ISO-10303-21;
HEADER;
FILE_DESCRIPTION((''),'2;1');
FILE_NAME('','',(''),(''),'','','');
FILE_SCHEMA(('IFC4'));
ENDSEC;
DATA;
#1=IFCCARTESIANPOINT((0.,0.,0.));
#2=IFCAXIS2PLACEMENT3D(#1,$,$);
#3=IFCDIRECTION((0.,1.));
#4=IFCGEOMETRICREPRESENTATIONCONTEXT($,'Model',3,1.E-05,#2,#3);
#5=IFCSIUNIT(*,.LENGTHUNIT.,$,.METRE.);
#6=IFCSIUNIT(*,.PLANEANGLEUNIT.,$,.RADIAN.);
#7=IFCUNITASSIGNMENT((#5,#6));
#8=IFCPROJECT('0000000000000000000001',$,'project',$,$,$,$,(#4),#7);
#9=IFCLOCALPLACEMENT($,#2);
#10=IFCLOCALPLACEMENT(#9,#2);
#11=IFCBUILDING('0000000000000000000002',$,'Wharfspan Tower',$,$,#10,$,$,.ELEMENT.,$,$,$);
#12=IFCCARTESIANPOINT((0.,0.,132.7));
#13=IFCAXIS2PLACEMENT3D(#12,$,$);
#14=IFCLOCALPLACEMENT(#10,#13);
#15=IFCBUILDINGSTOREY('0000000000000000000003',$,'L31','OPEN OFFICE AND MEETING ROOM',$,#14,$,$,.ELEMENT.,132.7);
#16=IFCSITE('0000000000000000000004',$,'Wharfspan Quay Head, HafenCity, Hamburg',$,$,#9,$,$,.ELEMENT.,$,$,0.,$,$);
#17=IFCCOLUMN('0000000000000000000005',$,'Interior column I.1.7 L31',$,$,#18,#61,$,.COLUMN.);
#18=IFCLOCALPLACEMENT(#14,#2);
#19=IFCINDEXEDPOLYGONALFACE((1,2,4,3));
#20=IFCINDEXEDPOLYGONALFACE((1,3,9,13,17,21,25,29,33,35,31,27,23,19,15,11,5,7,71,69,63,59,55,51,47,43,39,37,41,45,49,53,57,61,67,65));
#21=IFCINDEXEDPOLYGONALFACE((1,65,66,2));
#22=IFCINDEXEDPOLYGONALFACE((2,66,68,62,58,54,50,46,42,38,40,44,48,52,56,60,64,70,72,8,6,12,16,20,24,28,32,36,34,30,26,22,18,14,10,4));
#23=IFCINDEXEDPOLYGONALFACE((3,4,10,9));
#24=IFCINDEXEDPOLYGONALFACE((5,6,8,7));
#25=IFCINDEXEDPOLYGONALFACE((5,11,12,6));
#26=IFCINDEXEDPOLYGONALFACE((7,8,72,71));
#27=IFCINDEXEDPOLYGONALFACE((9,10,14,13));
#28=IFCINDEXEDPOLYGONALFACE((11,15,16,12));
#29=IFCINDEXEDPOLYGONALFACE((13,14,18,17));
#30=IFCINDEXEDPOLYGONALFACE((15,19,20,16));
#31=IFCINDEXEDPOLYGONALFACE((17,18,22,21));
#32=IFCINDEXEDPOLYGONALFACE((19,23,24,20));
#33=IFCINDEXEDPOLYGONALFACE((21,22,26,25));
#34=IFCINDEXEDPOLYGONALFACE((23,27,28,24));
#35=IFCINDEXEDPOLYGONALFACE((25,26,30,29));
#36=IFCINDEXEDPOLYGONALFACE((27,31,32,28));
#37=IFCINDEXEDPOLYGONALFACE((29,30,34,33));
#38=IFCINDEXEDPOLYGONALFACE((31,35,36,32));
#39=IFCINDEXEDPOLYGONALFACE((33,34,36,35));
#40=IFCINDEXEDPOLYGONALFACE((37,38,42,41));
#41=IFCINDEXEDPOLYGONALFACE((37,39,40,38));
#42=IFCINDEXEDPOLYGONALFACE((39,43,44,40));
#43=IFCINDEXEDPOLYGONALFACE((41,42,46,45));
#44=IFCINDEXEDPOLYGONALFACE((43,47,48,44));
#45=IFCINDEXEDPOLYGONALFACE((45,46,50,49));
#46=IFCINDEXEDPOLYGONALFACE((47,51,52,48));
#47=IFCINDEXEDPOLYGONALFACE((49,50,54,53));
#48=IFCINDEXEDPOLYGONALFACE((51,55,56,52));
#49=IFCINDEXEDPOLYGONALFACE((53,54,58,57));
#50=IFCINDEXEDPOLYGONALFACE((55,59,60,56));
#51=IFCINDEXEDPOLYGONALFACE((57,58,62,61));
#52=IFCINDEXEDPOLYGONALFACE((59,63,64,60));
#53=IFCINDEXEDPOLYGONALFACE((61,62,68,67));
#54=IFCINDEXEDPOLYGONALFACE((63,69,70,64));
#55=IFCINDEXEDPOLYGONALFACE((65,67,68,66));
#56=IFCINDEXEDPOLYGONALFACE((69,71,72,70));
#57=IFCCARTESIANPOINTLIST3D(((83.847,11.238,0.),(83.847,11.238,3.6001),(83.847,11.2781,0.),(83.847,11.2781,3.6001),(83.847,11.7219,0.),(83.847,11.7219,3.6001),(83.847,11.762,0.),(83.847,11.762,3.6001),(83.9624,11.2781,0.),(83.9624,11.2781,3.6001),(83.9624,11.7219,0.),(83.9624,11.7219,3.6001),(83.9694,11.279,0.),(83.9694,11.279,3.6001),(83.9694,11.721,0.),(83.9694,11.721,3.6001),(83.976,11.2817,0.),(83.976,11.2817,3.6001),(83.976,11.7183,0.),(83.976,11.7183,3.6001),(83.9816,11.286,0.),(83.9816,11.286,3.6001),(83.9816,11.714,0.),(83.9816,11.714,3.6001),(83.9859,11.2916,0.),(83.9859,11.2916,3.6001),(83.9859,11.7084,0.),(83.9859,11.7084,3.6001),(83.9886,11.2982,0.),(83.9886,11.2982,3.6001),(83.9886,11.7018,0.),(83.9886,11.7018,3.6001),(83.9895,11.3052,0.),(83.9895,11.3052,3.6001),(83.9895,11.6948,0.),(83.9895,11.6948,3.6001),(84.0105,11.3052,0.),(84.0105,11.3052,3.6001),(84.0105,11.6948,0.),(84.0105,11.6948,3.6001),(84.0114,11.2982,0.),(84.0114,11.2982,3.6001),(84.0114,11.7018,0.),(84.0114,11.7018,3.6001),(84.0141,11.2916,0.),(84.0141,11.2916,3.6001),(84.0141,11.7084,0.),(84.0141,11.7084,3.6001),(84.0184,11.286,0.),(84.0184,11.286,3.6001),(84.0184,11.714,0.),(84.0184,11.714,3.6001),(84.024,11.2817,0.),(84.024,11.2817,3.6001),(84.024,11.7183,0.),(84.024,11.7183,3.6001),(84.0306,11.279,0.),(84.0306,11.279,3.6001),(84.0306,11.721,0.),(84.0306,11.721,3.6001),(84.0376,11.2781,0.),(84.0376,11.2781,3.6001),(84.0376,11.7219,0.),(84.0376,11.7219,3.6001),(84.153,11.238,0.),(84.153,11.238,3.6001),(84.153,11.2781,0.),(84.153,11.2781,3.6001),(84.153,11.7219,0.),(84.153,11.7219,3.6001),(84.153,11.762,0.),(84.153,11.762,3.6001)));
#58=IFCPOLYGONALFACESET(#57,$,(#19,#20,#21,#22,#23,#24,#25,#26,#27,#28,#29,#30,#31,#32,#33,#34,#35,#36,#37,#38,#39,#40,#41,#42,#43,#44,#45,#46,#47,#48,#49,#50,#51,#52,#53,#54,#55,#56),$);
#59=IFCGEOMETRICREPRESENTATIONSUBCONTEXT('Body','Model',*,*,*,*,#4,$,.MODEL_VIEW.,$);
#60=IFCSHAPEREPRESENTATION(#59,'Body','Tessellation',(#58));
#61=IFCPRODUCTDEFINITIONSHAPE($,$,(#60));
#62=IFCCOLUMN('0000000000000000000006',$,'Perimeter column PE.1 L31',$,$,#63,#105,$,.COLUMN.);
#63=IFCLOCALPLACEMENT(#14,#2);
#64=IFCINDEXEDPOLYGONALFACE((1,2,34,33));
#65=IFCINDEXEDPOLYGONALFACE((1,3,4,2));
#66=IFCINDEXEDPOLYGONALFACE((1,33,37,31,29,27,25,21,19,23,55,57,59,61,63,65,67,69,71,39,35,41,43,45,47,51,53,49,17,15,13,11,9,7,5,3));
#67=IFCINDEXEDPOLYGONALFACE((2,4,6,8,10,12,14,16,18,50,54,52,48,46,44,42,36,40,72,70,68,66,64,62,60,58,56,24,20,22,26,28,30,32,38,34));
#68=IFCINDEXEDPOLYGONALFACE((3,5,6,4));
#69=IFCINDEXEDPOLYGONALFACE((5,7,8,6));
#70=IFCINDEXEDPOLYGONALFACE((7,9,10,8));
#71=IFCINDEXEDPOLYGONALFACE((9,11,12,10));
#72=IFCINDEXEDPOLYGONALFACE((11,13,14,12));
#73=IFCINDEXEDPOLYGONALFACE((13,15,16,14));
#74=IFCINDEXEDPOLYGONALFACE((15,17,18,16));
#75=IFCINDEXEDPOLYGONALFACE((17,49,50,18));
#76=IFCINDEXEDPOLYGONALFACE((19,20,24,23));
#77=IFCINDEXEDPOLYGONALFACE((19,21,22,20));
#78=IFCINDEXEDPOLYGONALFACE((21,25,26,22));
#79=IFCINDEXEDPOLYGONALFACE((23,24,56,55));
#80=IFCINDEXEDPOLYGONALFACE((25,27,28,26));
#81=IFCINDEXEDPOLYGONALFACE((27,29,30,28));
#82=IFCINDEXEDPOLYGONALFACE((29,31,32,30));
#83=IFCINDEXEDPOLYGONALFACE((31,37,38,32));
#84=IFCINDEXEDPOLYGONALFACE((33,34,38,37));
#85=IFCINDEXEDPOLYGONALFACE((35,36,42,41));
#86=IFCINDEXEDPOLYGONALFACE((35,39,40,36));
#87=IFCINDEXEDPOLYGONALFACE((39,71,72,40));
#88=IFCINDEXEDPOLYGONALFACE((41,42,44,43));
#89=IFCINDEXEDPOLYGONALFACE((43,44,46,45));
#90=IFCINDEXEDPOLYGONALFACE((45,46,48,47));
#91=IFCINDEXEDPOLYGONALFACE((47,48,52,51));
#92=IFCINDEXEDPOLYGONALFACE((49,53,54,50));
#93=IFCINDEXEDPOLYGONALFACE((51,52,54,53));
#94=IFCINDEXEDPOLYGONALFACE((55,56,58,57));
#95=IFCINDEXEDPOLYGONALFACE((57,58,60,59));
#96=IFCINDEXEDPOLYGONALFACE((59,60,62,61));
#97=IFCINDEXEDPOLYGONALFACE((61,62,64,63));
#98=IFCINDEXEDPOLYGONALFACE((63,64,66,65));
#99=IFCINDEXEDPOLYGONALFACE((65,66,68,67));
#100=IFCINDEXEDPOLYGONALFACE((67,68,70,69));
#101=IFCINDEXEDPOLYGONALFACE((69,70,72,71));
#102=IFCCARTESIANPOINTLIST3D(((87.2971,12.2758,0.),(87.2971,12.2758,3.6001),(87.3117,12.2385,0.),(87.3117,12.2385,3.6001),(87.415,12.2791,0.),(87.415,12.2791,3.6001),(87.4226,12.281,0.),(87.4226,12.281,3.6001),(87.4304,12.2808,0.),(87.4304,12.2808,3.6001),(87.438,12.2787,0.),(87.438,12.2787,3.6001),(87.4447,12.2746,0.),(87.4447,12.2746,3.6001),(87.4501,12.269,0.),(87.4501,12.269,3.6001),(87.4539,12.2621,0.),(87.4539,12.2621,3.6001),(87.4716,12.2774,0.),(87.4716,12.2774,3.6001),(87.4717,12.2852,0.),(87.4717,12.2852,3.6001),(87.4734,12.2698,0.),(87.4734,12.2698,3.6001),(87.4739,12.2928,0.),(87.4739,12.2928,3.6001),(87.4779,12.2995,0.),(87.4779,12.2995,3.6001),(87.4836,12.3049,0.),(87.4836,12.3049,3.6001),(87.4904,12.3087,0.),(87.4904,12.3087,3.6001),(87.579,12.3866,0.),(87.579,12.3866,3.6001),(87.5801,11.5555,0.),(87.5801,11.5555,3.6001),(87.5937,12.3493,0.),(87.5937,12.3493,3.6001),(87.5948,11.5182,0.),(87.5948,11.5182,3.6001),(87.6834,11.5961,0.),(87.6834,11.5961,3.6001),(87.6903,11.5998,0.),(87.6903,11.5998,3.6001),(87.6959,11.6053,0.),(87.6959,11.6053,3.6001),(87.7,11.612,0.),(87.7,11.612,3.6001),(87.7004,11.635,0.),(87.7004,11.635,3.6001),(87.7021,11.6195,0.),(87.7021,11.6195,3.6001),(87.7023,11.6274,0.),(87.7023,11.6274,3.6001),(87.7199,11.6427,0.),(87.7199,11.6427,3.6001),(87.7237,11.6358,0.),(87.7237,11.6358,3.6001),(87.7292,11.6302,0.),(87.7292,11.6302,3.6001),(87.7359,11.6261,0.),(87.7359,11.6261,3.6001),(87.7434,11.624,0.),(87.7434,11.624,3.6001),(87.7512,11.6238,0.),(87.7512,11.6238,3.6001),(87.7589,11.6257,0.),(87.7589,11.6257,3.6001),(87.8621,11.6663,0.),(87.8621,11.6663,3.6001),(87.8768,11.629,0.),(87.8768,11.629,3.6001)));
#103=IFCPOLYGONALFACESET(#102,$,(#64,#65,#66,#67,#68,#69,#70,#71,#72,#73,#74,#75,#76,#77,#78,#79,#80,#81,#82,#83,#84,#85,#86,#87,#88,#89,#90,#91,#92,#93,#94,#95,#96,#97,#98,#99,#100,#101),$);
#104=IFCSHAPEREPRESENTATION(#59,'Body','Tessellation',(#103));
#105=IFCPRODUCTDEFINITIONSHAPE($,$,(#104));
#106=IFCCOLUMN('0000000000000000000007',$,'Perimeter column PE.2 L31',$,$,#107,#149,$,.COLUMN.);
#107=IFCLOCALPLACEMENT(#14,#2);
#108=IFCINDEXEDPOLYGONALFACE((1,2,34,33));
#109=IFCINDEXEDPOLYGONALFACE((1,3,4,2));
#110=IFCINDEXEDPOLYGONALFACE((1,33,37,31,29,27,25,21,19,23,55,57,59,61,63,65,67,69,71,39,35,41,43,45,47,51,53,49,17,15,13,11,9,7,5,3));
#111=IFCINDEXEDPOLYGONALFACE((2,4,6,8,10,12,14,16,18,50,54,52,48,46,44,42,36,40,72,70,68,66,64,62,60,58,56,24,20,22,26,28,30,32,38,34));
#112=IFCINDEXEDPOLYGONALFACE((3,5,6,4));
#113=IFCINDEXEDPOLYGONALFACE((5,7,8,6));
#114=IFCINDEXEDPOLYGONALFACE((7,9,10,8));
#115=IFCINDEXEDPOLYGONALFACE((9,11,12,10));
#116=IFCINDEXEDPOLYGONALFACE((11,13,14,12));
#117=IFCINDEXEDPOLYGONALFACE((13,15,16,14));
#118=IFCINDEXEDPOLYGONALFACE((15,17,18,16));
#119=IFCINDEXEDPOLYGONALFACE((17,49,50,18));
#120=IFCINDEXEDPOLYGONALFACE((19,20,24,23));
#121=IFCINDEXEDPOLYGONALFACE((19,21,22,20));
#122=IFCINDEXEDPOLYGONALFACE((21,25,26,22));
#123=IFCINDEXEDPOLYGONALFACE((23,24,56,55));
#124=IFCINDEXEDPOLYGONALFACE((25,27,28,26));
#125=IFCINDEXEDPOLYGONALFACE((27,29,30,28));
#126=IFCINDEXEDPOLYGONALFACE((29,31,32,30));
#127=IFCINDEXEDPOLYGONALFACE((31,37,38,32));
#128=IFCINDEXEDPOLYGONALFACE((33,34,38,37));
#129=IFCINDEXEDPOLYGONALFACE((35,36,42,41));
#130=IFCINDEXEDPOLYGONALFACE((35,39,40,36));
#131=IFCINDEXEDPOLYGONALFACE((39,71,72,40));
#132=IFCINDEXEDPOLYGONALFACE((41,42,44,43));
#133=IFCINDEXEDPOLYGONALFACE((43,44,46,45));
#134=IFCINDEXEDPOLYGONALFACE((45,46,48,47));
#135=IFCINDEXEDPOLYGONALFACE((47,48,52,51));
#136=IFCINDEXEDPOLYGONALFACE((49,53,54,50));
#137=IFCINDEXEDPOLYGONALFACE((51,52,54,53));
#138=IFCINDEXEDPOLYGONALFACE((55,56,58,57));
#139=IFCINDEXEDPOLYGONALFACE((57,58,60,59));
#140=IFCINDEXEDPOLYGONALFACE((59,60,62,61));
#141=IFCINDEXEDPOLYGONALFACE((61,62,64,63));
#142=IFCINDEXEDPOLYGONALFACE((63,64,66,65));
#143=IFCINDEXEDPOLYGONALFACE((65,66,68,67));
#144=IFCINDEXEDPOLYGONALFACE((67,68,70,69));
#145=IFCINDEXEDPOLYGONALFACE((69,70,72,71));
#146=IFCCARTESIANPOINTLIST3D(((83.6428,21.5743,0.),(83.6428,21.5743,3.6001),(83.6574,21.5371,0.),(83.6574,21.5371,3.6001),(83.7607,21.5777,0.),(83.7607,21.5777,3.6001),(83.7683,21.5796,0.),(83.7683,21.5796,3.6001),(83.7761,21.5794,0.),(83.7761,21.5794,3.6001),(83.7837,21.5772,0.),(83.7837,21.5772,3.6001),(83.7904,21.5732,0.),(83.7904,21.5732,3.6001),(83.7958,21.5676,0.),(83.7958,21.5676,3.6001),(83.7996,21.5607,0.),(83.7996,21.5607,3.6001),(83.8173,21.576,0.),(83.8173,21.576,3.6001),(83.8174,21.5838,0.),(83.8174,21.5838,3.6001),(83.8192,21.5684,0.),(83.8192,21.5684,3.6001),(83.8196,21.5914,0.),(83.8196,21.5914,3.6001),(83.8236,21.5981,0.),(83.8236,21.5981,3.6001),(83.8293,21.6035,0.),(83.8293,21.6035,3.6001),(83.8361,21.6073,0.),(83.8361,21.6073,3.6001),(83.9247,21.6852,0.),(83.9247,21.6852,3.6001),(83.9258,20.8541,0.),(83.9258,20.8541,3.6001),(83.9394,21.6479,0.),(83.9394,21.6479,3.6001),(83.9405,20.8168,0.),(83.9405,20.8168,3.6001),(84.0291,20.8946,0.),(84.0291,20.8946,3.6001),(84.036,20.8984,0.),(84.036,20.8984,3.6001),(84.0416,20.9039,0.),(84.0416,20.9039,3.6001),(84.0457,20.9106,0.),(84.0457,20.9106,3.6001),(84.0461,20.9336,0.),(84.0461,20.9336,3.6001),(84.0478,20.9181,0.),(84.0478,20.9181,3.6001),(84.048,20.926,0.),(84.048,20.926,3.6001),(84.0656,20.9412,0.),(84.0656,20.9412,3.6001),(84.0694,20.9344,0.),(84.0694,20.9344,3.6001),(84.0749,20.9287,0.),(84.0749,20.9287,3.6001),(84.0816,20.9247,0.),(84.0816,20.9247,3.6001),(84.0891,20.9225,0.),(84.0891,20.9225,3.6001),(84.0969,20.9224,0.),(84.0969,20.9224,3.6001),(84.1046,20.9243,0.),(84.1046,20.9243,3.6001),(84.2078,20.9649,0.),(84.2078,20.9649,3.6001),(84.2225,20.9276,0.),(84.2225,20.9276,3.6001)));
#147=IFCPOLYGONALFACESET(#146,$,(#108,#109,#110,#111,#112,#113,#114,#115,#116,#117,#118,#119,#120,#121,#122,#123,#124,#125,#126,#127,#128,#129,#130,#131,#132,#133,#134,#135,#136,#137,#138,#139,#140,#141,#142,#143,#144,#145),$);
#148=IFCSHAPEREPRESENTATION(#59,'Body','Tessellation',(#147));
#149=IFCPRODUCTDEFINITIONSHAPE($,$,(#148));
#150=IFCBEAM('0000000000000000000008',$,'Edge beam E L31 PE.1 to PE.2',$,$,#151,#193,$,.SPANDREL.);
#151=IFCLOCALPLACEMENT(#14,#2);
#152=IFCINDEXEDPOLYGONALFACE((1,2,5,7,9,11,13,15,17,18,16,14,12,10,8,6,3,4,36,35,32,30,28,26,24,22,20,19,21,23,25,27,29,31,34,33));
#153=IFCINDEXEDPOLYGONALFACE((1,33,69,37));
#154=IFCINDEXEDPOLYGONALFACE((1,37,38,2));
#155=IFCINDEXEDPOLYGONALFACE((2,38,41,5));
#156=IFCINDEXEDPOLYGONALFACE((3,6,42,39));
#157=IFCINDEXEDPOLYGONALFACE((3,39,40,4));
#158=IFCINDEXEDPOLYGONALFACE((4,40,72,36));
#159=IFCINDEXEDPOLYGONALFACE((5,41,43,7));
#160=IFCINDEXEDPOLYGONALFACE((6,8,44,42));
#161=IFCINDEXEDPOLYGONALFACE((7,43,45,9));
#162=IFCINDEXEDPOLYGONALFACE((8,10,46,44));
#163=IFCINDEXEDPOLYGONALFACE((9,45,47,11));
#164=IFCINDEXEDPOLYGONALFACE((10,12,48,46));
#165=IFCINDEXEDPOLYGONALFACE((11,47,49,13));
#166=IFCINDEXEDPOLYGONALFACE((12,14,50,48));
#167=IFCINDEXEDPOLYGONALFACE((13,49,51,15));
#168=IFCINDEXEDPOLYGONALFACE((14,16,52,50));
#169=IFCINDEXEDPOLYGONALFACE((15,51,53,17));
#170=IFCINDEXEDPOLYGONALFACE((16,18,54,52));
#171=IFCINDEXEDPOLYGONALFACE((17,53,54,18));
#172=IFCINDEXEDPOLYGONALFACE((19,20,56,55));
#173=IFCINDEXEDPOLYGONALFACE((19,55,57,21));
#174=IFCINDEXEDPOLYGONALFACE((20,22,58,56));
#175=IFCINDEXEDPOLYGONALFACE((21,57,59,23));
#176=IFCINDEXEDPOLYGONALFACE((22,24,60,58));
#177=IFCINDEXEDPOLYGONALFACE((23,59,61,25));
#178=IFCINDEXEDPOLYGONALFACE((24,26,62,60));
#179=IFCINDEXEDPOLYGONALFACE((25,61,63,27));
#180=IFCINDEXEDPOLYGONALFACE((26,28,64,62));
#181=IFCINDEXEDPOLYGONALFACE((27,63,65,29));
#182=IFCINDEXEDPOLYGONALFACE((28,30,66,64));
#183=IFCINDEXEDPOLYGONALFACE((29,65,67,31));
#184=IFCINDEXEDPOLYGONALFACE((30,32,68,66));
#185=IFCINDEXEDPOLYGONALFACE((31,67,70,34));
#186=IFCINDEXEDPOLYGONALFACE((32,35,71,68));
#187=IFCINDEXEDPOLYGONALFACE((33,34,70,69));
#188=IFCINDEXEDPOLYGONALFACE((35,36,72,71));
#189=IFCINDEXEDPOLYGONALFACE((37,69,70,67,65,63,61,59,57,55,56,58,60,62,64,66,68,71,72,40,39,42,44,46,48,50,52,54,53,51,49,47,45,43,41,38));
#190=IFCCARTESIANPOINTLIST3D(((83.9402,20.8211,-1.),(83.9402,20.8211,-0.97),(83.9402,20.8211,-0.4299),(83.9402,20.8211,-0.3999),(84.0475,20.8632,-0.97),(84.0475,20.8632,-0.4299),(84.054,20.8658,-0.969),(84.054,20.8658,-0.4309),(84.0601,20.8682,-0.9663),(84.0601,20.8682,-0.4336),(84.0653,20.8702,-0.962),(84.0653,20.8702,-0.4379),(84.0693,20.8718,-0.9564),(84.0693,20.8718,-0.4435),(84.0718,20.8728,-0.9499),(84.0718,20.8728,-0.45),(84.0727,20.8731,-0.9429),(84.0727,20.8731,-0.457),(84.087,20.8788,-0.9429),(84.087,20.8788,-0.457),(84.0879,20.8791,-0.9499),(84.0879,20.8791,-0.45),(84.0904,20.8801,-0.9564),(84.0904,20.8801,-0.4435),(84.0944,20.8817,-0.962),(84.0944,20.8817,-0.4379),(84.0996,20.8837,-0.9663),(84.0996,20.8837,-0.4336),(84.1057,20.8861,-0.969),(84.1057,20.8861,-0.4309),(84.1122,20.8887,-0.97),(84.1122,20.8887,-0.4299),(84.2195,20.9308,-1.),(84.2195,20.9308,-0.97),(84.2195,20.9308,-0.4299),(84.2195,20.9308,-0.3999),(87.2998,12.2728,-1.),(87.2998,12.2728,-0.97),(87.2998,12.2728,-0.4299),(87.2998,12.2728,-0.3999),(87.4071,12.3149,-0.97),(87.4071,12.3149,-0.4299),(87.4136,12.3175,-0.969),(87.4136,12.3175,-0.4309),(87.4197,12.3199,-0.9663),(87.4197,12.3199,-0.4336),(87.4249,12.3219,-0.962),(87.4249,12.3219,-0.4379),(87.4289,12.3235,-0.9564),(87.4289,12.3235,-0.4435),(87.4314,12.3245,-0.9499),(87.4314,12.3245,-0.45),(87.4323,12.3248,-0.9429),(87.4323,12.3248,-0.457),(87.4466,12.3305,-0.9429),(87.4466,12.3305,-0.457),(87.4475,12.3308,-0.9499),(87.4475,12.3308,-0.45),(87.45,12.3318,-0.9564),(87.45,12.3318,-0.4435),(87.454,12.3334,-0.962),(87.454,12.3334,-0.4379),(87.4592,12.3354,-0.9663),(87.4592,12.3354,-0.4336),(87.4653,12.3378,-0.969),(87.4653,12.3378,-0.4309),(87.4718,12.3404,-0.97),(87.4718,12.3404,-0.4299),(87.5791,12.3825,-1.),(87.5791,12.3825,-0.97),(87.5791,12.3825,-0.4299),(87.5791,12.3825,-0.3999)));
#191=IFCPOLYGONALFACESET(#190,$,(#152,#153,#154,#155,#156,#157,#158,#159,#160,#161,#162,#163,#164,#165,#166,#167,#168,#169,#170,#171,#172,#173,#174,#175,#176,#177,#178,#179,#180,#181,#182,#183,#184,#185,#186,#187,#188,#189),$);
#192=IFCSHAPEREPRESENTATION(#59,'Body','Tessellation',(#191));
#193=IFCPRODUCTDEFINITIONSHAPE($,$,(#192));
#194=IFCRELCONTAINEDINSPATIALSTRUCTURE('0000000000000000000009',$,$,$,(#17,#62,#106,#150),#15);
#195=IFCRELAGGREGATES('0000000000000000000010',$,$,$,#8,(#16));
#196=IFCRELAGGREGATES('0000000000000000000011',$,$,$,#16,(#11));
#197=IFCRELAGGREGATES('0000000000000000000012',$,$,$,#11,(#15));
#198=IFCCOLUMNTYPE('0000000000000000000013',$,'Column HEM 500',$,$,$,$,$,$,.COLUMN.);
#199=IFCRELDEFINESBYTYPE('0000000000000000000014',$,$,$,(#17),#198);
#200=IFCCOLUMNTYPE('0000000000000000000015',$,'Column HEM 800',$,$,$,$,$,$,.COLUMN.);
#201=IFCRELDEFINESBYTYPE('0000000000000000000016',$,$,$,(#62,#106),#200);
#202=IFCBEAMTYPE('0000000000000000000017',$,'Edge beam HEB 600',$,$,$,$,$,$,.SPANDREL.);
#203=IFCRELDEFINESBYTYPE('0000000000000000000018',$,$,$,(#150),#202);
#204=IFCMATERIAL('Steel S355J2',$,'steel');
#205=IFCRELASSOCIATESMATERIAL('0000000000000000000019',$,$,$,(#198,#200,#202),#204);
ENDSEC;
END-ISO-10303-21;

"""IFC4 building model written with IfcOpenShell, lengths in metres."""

from ifc_helpers import new_model, si_unit, direction, frame, origin, origin_2d, place, context, subcontext, project, spatial, i_section, extrude, material, material_profile, profile_set, type_object, element, save


model = new_model("IFC4")

# Units and contexts
model_context = context("Model", 3, precision=1e-05, world=origin(), true_north=direction((0.0, 1.0)))
body_context = subcontext(model_context, "Body", "Model", "MODEL_VIEW")
ifc_project = project(units=[si_unit("LENGTHUNIT", "METRE"), si_unit("PLANEANGLEUNIT", "RADIAN")], contexts=[model_context])

# Site, building, storey
site_placement = place(None, origin())
site = spatial("IfcSite", under=ifc_project, at=site_placement, Name="Wharfspan Quay Head, HafenCity, Hamburg", CompositionType="ELEMENT", RefElevation=0.0)
building_placement = place(site_placement, origin())
building = spatial("IfcBuilding", under=site, at=building_placement, Name="Wharfspan Tower", CompositionType="ELEMENT")
storey_placement = place(building_placement, frame((0.0, 0.0, 132.7)))
storey = spatial("IfcBuildingStorey", under=building, at=storey_placement, Name="L31", Description="OPEN OFFICE AND MEETING ROOM", CompositionType="ELEMENT", Elevation=132.7)

# Columns
ifc_material_1 = material(Name="Steel S355J2", Category="steel")
ifc_material_profile_1 = material_profile(ifc_material_1, i_section(OverallWidth=0.3059, OverallDepth=0.5239, WebThickness=0.021, FlangeThickness=0.04, FilletRadius=0.0271, at=origin_2d()))
ifc_profile_set_1 = profile_set([ifc_material_profile_1], Name="Steel S355J2")
column_type_1 = type_object("IfcColumnType", Name="Column HEM 500", PredefinedType="COLUMN", material=ifc_profile_set_1)
column_placement = place(storey_placement, frame((84.0, 11.5, 0.0), z_axis=(0.0, 0.0, 1.0), x_axis=(1.0, 0.0, 0.0)))
element("IfcColumn", 1, at=column_placement, inside=storey, type_object=column_type_1, Name="Interior column I.1.7 L31", PredefinedType="COLUMN", context=body_context, shape_type="SweptSolid", body=[
    extrude(i_section(OverallWidth=0.3059, OverallDepth=0.5239, WebThickness=0.021, FlangeThickness=0.04, FilletRadius=0.0271, at=origin_2d()), origin(), (0.0, 0.0, 1.0), 3.6001),
])
ifc_material_profile_2 = material_profile(ifc_material_1, i_section(OverallWidth=0.303, OverallDepth=0.814, WebThickness=0.021, FlangeThickness=0.04, FilletRadius=0.03, at=origin_2d()))
ifc_profile_set_2 = profile_set([ifc_material_profile_2], Name="Steel S355J2")
column_type_2 = type_object("IfcColumnType", Name="Column HEM 800", PredefinedType="COLUMN", material=ifc_profile_set_2)
for number, where, z_axis, x_axis, name in (
    (2, (87.5869, 11.9524, 0.0), (0.0, 0.0, 1.0), (0.930702, 0.365778, 0.0), "Perimeter column PE.1 L31"),
    (3, (83.9326, 21.251, 0.0), (0.0, 0.0, 1.0), (0.930702, 0.365778, 0.0), "Perimeter column PE.2 L31"),
):
    element("IfcColumn", number, at=place(storey_placement, frame(where, z_axis=z_axis, x_axis=x_axis)), inside=storey, type_object=column_type_2, Name=name, PredefinedType="COLUMN", context=body_context, shape_type="SweptSolid", body=[
        extrude(i_section(OverallWidth=0.303, OverallDepth=0.814, WebThickness=0.021, FlangeThickness=0.04, FilletRadius=0.03, at=origin_2d()), origin(), (0.0, 0.0, 1.0), 3.6001),
    ])

# Beam
ifc_material_profile_3 = material_profile(ifc_material_1, i_section(OverallWidth=0.3, OverallDepth=0.6001, WebThickness=0.0154, FlangeThickness=0.03, FilletRadius=0.0271, at=origin_2d()))
ifc_profile_set_3 = profile_set([ifc_material_profile_3], Name="Steel S355J2")
beam_type = type_object("IfcBeamType", Name="Edge beam HEB 600", PredefinedType="SPANDREL", material=ifc_profile_set_3)
beam_1_placement = place(storey_placement, frame((87.4395, 12.3276, -0.7), z_axis=(-0.365779, 0.930702, 0.0), x_axis=(-0.930702, -0.365779, 0.0)))
element("IfcBeam", 4, at=beam_1_placement, inside=storey, type_object=beam_type, Name="Edge beam E L31 PE.1 to PE.2", PredefinedType="SPANDREL", context=body_context, shape_type="SweptSolid", body=[
    extrude(i_section(OverallWidth=0.3, OverallDepth=0.6001, WebThickness=0.0154, FlangeThickness=0.03, FilletRadius=0.0271, at=origin_2d()), origin(), (0.0, 0.0, 1.0), 9.1848),
])

save(model, "model.ifc")
